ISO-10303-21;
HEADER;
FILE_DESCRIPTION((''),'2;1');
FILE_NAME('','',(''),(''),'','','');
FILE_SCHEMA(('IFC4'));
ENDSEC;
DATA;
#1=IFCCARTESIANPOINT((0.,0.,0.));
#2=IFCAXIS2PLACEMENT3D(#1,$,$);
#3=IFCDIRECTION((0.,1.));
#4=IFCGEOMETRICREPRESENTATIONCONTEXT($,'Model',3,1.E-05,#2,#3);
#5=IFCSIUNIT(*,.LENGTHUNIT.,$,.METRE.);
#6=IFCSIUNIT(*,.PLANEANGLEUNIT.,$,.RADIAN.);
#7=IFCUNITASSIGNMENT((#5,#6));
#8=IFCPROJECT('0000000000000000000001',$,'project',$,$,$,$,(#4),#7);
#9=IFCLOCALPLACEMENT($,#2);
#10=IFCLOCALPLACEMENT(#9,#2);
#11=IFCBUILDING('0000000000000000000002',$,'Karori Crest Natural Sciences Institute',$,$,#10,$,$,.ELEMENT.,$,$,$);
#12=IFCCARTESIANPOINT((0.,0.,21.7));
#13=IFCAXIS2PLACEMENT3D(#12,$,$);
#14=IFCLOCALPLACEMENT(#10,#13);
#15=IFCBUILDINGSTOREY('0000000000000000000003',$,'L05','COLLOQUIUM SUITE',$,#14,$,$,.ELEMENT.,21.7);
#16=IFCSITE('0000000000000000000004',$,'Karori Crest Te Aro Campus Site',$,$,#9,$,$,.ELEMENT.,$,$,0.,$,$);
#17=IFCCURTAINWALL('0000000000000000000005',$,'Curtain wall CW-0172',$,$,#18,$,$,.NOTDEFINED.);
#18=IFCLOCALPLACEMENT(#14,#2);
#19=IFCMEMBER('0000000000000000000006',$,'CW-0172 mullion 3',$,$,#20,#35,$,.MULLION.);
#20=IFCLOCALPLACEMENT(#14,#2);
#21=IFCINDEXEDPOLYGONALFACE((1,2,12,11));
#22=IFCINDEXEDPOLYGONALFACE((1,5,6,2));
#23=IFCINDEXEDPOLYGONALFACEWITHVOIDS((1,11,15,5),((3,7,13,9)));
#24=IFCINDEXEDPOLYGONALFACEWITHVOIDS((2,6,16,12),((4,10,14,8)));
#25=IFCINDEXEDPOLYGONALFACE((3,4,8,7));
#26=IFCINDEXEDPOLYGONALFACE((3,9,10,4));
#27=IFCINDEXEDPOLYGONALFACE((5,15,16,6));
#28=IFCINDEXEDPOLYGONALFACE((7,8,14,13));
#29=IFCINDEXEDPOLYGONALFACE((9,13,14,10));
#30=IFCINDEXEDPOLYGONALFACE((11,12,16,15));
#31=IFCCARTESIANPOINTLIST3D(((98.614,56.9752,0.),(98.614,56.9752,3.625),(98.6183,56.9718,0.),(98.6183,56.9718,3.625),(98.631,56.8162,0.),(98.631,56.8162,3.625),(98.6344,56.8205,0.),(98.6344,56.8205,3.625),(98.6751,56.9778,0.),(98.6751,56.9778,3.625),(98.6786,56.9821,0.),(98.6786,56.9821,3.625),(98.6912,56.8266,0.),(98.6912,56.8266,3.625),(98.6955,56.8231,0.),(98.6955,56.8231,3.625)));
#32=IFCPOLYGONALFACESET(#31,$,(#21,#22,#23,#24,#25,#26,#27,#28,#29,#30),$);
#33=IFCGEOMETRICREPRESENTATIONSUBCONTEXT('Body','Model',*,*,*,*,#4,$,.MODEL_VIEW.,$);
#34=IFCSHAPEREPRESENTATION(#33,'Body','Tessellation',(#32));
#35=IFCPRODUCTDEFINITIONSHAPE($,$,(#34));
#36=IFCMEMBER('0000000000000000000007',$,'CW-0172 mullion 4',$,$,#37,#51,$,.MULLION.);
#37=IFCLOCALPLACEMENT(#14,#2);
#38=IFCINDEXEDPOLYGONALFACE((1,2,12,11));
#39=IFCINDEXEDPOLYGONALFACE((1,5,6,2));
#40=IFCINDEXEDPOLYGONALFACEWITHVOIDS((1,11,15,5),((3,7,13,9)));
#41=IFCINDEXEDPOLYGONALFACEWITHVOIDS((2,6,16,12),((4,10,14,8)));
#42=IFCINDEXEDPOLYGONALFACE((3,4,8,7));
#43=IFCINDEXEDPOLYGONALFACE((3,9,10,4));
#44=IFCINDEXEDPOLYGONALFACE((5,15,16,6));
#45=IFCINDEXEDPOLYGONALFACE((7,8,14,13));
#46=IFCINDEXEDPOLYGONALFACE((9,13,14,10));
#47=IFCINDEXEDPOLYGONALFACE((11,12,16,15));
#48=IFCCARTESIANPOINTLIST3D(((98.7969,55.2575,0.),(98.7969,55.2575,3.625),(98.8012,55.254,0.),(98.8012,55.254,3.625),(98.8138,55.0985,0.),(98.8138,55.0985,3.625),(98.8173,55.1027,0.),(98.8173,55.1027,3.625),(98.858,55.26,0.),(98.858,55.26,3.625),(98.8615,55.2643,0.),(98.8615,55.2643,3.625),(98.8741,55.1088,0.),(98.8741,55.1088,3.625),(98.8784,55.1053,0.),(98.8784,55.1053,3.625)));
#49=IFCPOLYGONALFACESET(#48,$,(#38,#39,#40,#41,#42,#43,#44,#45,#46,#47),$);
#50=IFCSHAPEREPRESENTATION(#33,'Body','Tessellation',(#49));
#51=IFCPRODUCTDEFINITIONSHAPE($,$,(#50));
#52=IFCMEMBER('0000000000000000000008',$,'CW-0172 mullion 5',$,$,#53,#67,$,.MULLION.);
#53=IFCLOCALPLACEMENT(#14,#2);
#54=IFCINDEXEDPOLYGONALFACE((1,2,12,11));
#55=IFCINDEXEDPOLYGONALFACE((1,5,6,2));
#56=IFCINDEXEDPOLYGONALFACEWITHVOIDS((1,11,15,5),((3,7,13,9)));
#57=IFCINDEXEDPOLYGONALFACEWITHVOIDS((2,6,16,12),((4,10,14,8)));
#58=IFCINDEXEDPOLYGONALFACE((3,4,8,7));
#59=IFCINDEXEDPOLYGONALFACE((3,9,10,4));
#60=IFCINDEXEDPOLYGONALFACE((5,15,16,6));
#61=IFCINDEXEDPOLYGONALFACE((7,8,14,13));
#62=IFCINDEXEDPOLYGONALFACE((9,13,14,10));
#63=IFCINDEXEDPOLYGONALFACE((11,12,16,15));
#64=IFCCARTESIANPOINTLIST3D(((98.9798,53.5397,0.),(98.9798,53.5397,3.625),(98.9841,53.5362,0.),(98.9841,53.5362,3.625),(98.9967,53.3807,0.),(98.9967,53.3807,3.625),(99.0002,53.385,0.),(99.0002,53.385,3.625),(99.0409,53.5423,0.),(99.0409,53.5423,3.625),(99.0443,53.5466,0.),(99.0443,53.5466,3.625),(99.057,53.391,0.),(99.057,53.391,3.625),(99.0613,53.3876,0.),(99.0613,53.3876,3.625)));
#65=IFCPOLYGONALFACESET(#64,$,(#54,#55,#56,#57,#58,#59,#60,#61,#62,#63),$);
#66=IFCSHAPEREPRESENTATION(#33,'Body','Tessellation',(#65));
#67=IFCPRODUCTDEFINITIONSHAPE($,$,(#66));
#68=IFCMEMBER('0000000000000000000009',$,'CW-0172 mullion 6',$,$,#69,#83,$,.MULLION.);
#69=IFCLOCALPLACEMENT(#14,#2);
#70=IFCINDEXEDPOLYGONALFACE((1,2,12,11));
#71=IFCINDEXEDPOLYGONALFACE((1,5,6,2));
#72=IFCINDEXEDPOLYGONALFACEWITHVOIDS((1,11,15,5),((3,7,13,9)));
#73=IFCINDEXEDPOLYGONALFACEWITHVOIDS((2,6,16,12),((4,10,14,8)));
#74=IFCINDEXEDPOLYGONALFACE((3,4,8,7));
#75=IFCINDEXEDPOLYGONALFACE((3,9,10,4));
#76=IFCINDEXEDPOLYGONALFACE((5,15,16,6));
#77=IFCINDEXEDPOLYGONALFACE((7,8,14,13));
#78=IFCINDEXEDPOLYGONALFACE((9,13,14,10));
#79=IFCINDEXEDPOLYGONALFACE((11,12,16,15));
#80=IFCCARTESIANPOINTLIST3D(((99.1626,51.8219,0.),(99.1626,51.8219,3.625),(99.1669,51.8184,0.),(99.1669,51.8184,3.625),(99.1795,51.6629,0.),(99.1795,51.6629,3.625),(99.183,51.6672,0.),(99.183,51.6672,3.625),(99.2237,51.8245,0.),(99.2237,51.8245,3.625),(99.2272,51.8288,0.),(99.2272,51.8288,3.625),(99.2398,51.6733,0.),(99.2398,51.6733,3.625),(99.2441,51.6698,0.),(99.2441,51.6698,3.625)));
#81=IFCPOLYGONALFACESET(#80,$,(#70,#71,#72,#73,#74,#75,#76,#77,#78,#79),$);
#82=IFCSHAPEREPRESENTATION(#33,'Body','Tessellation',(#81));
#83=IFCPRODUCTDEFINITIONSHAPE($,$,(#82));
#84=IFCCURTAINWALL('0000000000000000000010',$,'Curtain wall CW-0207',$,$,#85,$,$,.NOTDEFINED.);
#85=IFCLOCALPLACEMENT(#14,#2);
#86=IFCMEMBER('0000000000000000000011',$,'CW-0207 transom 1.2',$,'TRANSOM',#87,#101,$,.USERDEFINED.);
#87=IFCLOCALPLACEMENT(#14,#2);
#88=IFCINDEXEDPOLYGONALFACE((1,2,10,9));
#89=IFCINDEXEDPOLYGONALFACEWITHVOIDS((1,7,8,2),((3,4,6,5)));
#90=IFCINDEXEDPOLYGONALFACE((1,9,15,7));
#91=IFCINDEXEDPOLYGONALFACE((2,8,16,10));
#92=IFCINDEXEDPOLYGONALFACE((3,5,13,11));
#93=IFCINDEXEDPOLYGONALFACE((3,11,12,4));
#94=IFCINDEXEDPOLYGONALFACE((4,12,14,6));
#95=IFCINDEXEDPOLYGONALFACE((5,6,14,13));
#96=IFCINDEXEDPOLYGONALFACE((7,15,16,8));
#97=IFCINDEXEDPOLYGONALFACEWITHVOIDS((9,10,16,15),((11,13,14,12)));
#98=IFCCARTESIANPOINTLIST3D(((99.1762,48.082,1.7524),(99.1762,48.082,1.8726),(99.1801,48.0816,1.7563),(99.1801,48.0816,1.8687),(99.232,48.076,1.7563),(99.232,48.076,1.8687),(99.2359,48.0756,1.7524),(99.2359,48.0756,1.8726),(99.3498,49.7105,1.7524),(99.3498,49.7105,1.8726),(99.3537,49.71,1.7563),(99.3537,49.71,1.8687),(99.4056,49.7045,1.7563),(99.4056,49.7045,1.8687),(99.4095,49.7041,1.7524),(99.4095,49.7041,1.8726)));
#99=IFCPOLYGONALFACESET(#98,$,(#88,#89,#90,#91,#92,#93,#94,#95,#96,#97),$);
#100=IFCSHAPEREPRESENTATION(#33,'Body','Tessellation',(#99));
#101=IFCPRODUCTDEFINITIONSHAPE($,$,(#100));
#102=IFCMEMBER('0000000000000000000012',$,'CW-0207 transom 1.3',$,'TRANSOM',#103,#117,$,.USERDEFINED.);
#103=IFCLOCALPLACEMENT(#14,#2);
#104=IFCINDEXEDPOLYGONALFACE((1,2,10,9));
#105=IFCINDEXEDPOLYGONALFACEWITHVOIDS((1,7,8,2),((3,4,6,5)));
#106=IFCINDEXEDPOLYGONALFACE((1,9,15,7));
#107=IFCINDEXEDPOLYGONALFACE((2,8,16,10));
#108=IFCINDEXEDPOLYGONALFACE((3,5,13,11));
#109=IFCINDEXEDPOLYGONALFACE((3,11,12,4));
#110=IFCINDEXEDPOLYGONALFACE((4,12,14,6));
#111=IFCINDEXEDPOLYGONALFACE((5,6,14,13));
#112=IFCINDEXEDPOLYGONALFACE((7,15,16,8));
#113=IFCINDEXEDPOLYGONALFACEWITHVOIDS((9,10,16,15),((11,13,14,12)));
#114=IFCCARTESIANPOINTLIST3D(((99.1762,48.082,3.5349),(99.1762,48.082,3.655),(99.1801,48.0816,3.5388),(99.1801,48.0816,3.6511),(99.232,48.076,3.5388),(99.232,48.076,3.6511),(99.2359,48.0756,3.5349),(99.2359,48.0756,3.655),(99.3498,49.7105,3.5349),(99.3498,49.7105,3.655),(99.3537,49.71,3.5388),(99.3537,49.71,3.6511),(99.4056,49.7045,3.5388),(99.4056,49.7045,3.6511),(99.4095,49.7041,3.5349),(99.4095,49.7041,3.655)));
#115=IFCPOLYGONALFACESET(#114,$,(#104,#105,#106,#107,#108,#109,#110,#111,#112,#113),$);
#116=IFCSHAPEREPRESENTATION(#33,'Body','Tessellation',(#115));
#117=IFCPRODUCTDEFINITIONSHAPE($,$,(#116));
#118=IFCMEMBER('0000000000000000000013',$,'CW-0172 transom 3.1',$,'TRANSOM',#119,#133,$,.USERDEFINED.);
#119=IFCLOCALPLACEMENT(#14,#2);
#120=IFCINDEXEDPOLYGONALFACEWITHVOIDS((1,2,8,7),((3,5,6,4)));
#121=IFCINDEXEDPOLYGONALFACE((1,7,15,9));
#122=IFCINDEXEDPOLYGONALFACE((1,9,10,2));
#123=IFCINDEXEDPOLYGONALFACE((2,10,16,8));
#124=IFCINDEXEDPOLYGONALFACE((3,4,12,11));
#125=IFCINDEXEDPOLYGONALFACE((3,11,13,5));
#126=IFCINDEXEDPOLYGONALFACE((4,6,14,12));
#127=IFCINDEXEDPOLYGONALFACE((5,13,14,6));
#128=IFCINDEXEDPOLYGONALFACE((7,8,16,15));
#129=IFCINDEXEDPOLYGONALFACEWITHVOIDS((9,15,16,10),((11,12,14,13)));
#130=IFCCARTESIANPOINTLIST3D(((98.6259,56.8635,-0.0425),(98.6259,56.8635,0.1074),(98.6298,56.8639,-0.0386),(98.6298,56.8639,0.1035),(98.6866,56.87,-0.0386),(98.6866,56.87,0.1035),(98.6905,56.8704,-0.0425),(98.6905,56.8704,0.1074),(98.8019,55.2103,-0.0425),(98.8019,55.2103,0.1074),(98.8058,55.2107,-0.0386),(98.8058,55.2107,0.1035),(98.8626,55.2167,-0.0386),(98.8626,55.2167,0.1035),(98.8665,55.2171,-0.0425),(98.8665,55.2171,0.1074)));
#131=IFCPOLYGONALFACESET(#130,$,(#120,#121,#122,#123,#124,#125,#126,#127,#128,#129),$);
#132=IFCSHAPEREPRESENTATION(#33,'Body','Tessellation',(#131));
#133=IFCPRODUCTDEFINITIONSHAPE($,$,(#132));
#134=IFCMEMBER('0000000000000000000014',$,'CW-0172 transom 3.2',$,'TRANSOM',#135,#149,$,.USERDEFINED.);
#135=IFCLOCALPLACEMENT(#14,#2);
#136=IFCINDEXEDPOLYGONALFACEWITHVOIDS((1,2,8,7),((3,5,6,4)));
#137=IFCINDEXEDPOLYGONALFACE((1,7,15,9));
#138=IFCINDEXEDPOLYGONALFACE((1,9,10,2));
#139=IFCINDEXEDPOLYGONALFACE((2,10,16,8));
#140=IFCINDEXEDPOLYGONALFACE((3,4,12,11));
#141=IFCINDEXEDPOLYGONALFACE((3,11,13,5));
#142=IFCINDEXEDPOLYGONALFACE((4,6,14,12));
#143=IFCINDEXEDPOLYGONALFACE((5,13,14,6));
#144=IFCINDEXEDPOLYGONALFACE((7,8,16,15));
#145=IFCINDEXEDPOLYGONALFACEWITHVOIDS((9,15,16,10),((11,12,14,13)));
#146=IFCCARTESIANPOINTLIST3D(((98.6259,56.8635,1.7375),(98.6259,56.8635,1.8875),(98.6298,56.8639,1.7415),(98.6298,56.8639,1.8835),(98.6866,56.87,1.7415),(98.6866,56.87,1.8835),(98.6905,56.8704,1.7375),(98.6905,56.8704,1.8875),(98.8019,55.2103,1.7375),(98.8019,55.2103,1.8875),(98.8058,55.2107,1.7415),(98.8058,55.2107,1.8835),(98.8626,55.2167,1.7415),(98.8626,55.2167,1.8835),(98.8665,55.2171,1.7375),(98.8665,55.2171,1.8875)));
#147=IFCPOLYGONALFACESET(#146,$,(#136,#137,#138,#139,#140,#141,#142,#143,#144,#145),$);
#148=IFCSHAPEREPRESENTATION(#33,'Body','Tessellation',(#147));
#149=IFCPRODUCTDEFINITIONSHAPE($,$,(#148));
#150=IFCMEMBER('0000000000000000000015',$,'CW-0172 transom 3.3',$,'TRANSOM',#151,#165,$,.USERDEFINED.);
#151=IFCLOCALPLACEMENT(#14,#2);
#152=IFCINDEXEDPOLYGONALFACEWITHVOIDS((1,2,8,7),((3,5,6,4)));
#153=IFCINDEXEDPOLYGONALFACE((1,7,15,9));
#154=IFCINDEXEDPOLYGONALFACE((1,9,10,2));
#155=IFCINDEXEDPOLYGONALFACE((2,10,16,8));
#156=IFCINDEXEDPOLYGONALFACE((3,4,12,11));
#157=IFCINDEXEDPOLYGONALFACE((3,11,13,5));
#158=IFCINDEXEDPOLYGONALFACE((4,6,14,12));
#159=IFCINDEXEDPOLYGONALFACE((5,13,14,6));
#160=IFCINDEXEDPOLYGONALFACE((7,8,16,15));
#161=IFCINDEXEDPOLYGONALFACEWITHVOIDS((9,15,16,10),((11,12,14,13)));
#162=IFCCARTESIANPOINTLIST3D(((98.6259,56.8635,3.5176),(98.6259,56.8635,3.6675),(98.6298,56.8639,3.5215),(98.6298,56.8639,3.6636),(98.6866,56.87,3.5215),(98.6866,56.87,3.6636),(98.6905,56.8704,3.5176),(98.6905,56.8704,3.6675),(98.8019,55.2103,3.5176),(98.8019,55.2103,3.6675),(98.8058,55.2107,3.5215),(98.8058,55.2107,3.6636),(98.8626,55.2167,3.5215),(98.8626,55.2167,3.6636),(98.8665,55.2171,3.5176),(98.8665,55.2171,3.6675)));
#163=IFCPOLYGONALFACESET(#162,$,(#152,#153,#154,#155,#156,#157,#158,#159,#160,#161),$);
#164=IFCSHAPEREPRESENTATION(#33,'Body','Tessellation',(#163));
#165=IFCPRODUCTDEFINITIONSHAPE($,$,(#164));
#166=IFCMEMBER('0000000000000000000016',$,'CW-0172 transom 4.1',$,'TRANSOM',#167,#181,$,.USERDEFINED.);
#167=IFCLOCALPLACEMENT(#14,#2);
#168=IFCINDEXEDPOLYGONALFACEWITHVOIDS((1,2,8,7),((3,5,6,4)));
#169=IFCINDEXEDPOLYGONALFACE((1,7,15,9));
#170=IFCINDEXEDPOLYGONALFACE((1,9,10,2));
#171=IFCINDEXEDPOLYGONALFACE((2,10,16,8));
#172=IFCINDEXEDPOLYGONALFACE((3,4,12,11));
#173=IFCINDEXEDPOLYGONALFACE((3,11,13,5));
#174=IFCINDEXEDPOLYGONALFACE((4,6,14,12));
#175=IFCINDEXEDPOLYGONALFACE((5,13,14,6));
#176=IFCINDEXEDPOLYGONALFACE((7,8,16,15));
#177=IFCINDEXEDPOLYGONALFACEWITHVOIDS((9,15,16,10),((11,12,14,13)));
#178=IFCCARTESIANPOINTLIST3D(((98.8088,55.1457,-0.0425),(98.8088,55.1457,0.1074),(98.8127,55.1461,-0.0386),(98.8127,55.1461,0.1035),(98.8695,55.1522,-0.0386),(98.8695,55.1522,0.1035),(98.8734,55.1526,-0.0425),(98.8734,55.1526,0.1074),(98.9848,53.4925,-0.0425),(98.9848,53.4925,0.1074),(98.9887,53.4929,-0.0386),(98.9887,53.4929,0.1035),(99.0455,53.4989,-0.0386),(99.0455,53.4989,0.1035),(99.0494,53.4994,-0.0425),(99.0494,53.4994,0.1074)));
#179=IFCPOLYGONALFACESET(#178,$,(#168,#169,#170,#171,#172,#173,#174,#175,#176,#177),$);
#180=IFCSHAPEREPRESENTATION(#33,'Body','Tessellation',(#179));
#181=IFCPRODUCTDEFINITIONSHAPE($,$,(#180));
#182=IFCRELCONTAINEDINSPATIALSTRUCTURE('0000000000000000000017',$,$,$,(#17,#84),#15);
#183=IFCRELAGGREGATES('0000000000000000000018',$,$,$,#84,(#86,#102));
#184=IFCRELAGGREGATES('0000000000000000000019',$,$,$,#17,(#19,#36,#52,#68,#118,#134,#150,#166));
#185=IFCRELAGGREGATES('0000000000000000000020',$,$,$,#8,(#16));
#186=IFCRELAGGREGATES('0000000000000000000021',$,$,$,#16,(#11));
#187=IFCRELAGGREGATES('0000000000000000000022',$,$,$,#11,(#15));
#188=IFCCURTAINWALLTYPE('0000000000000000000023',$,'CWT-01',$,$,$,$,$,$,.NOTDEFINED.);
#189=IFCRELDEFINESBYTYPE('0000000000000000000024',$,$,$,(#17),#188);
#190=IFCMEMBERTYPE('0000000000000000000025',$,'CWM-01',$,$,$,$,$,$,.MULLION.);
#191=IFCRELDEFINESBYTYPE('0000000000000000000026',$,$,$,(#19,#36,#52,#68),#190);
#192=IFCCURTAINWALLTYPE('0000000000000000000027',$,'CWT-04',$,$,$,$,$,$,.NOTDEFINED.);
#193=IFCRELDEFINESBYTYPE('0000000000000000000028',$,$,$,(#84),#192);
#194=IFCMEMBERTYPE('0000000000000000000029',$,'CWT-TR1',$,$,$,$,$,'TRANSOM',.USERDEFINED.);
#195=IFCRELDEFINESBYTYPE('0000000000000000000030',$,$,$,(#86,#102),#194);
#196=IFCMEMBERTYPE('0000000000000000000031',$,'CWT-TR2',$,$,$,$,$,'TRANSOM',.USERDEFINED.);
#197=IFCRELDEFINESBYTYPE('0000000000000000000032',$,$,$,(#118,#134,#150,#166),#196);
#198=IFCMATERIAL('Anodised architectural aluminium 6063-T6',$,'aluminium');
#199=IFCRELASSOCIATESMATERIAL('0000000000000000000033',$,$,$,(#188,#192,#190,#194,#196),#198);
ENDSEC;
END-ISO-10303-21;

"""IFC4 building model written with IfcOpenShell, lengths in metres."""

from ifc_helpers import new_model, si_unit, direction, frame, origin, origin_2d, place, context, subcontext, project, spatial, hollow_rectangle, extrude, material, material_profile, profile_set, type_object, element, aggregate, save


model = new_model("IFC4")

# Units and contexts
model_context = context("Model", 3, precision=1e-05, world=origin(), true_north=direction((0.0, 1.0)))
body_context = subcontext(model_context, "Body", "Model", "MODEL_VIEW")
ifc_project = project(units=[si_unit("LENGTHUNIT", "METRE"), si_unit("PLANEANGLEUNIT", "RADIAN")], contexts=[model_context])

# Site, building, storey
site_placement = place(None, origin())
site = spatial("IfcSite", under=ifc_project, at=site_placement, Name="Karori Crest Te Aro Campus Site", CompositionType="ELEMENT", RefElevation=0.0)
building_placement = place(site_placement, origin())
building = spatial("IfcBuilding", under=site, at=building_placement, Name="Karori Crest Natural Sciences Institute", CompositionType="ELEMENT")
storey_placement = place(building_placement, frame((0.0, 0.0, 21.7)))
storey = spatial("IfcBuildingStorey", under=building, at=storey_placement, Name="L05", Description="COLLOQUIUM SUITE", CompositionType="ELEMENT", Elevation=21.7)

# Curtain walls, members
ifc_material_1 = material(Name="Anodised architectural aluminium 6063-T6", Category="aluminium")
curtain_wall_type_1 = type_object("IfcCurtainWallType", Name="CWT-01", PredefinedType="NOTDEFINED", material=ifc_material_1)
curtain_wall_1_placement = place(storey_placement, origin())
curtain_wall_1 = element("IfcCurtainWall", 1, at=curtain_wall_1_placement, inside=storey, type_object=curtain_wall_type_1, Name="Curtain wall CW-0172", PredefinedType="NOTDEFINED")
ifc_material_profile_1 = material_profile(ifc_material_1, hollow_rectangle(XDim=0.0649, YDim=0.1599, WallThickness=0.0039, at=origin_2d()), Name="CWM160x65x4")
ifc_profile_set_1 = profile_set([ifc_material_profile_1], Name="Anodised architectural aluminium 6063-T6")
member_type_1 = type_object("IfcMemberType", Name="CWM-01", PredefinedType="MULLION", material=ifc_profile_set_1)
member_1_placement = place(storey_placement, frame((98.6548, 56.8992, 0.0), z_axis=(0.0, 0.0, 1.0), x_axis=(0.994378, 0.105884, 0.0)))
member_1 = element("IfcMember", 2, at=member_1_placement, type_object=member_type_1, Name="CW-0172 mullion 3", PredefinedType="MULLION", context=body_context, shape_type="SweptSolid", body=[
    extrude(hollow_rectangle(XDim=0.0649, YDim=0.1599, WallThickness=0.0039, at=origin_2d()), origin(), (0.0, 0.0, 1.0), 3.625),
])
member_2_placement = place(storey_placement, frame((98.8376, 55.1814, 0.0), z_axis=(0.0, 0.0, 1.0), x_axis=(0.994378, 0.105884, 0.0)))
member_2 = element("IfcMember", 3, at=member_2_placement, type_object=member_type_1, Name="CW-0172 mullion 4", PredefinedType="MULLION", context=body_context, shape_type="SweptSolid", body=[
    extrude(hollow_rectangle(XDim=0.0649, YDim=0.1599, WallThickness=0.0039, at=origin_2d()), origin(), (0.0, 0.0, 1.0), 3.625),
])
member_3_placement = place(storey_placement, frame((99.0205, 53.4636, 0.0), z_axis=(0.0, 0.0, 1.0), x_axis=(0.994378, 0.105884, 0.0)))
member_3 = element("IfcMember", 4, at=member_3_placement, type_object=member_type_1, Name="CW-0172 mullion 5", PredefinedType="MULLION", context=body_context, shape_type="SweptSolid", body=[
    extrude(hollow_rectangle(XDim=0.0649, YDim=0.1599, WallThickness=0.0039, at=origin_2d()), origin(), (0.0, 0.0, 1.0), 3.625),
])
member_4_placement = place(storey_placement, frame((99.2034, 51.7458, 0.0), z_axis=(0.0, 0.0, 1.0), x_axis=(0.994378, 0.105884, 0.0)))
member_4 = element("IfcMember", 5, at=member_4_placement, type_object=member_type_1, Name="CW-0172 mullion 6", PredefinedType="MULLION", context=body_context, shape_type="SweptSolid", body=[
    extrude(hollow_rectangle(XDim=0.0649, YDim=0.1599, WallThickness=0.0039, at=origin_2d()), origin(), (0.0, 0.0, 1.0), 3.625),
])
curtain_wall_type_2 = type_object("IfcCurtainWallType", Name="CWT-04", PredefinedType="NOTDEFINED", material=ifc_material_1)
curtain_wall_2_placement = place(storey_placement, origin())
curtain_wall_2 = element("IfcCurtainWall", 6, at=curtain_wall_2_placement, inside=storey, type_object=curtain_wall_type_2, Name="Curtain wall CW-0207", PredefinedType="NOTDEFINED")
ifc_material_profile_2 = material_profile(ifc_material_1, hollow_rectangle(XDim=0.0601, YDim=0.1201, WallThickness=0.0039, at=origin_2d()), Name="CWT120x60x4")
ifc_profile_set_2 = profile_set([ifc_material_profile_2], Name="Anodised architectural aluminium 6063-T6")
member_type_2 = type_object("IfcMemberType", Name="CWT-TR1", ElementType="TRANSOM", PredefinedType="USERDEFINED", material=ifc_profile_set_2)
member_5_placement = place(storey_placement, frame((99.3796, 49.7073, 1.8125), z_axis=(-0.105996, -0.994367, 0.0), x_axis=(0.994367, -0.105996, 0.0)))
member_5 = element("IfcMember", 7, at=member_5_placement, type_object=member_type_2, Name="CW-0207 transom 1.2", ObjectType="TRANSOM", PredefinedType="USERDEFINED", context=body_context, shape_type="SweptSolid", body=[
    extrude(hollow_rectangle(XDim=0.0601, YDim=0.1201, WallThickness=0.0039, at=origin_2d()), origin(), (0.0, 0.0, 1.0), 1.6377),
])
member_6_placement = place(storey_placement, frame((99.3796, 49.7073, 3.595), z_axis=(-0.105996, -0.994367, 0.0), x_axis=(0.994367, -0.105996, 0.0)))
member_6 = element("IfcMember", 8, at=member_6_placement, type_object=member_type_2, Name="CW-0207 transom 1.3", ObjectType="TRANSOM", PredefinedType="USERDEFINED", context=body_context, shape_type="SweptSolid", body=[
    extrude(hollow_rectangle(XDim=0.0601, YDim=0.1201, WallThickness=0.0039, at=origin_2d()), origin(), (0.0, 0.0, 1.0), 1.6377),
])
aggregate(curtain_wall_2, [member_5, member_6])

# Members
ifc_material_profile_3 = material_profile(ifc_material_1, hollow_rectangle(XDim=0.0649, YDim=0.1499, WallThickness=0.0039, at=origin_2d()), Name="CWT150x65x4")
ifc_profile_set_3 = profile_set([ifc_material_profile_3], Name="Anodised architectural aluminium 6063-T6")
member_type_3 = type_object("IfcMemberType", Name="CWT-TR2", ElementType="TRANSOM", PredefinedType="USERDEFINED", material=ifc_profile_set_3)
member_7_placement = place(storey_placement, frame((98.6582, 56.8669, 0.0325), z_axis=(0.105869, -0.99438, 0.0), x_axis=(0.99438, 0.105869, 0.0)))
member_7 = element("IfcMember", 9, at=member_7_placement, type_object=member_type_3, Name="CW-0172 transom 3.1", ObjectType="TRANSOM", PredefinedType="USERDEFINED", context=body_context, shape_type="SweptSolid", body=[
    extrude(hollow_rectangle(XDim=0.0649, YDim=0.1499, WallThickness=0.0039, at=origin_2d()), origin(), (0.0, 0.0, 1.0), 1.6626),
])
member_8_placement = place(storey_placement, frame((98.6582, 56.8669, 1.8125), z_axis=(0.105869, -0.99438, 0.0), x_axis=(0.99438, 0.105869, 0.0)))
member_8 = element("IfcMember", 10, at=member_8_placement, type_object=member_type_3, Name="CW-0172 transom 3.2", ObjectType="TRANSOM", PredefinedType="USERDEFINED", context=body_context, shape_type="SweptSolid", body=[
    extrude(hollow_rectangle(XDim=0.0649, YDim=0.1499, WallThickness=0.0039, at=origin_2d()), origin(), (0.0, 0.0, 1.0), 1.6626),
])
member_9_placement = place(storey_placement, frame((98.6582, 56.8669, 3.5925), z_axis=(0.105869, -0.99438, 0.0), x_axis=(0.99438, 0.105869, 0.0)))
member_9 = element("IfcMember", 11, at=member_9_placement, type_object=member_type_3, Name="CW-0172 transom 3.3", ObjectType="TRANSOM", PredefinedType="USERDEFINED", context=body_context, shape_type="SweptSolid", body=[
    extrude(hollow_rectangle(XDim=0.0649, YDim=0.1499, WallThickness=0.0039, at=origin_2d()), origin(), (0.0, 0.0, 1.0), 1.6626),
])
member_10_placement = place(storey_placement, frame((98.8411, 55.1492, 0.0325), z_axis=(0.105869, -0.99438, 0.0), x_axis=(0.99438, 0.105869, 0.0)))
member_10 = element("IfcMember", 12, at=member_10_placement, type_object=member_type_3, Name="CW-0172 transom 4.1", ObjectType="TRANSOM", PredefinedType="USERDEFINED", context=body_context, shape_type="SweptSolid", body=[
    extrude(hollow_rectangle(XDim=0.0649, YDim=0.1499, WallThickness=0.0039, at=origin_2d()), origin(), (0.0, 0.0, 1.0), 1.6626),
])

aggregate(curtain_wall_1, [member_1, member_2, member_3, member_4, member_7, member_8, member_9, member_10])

save(model, "model.ifc")
